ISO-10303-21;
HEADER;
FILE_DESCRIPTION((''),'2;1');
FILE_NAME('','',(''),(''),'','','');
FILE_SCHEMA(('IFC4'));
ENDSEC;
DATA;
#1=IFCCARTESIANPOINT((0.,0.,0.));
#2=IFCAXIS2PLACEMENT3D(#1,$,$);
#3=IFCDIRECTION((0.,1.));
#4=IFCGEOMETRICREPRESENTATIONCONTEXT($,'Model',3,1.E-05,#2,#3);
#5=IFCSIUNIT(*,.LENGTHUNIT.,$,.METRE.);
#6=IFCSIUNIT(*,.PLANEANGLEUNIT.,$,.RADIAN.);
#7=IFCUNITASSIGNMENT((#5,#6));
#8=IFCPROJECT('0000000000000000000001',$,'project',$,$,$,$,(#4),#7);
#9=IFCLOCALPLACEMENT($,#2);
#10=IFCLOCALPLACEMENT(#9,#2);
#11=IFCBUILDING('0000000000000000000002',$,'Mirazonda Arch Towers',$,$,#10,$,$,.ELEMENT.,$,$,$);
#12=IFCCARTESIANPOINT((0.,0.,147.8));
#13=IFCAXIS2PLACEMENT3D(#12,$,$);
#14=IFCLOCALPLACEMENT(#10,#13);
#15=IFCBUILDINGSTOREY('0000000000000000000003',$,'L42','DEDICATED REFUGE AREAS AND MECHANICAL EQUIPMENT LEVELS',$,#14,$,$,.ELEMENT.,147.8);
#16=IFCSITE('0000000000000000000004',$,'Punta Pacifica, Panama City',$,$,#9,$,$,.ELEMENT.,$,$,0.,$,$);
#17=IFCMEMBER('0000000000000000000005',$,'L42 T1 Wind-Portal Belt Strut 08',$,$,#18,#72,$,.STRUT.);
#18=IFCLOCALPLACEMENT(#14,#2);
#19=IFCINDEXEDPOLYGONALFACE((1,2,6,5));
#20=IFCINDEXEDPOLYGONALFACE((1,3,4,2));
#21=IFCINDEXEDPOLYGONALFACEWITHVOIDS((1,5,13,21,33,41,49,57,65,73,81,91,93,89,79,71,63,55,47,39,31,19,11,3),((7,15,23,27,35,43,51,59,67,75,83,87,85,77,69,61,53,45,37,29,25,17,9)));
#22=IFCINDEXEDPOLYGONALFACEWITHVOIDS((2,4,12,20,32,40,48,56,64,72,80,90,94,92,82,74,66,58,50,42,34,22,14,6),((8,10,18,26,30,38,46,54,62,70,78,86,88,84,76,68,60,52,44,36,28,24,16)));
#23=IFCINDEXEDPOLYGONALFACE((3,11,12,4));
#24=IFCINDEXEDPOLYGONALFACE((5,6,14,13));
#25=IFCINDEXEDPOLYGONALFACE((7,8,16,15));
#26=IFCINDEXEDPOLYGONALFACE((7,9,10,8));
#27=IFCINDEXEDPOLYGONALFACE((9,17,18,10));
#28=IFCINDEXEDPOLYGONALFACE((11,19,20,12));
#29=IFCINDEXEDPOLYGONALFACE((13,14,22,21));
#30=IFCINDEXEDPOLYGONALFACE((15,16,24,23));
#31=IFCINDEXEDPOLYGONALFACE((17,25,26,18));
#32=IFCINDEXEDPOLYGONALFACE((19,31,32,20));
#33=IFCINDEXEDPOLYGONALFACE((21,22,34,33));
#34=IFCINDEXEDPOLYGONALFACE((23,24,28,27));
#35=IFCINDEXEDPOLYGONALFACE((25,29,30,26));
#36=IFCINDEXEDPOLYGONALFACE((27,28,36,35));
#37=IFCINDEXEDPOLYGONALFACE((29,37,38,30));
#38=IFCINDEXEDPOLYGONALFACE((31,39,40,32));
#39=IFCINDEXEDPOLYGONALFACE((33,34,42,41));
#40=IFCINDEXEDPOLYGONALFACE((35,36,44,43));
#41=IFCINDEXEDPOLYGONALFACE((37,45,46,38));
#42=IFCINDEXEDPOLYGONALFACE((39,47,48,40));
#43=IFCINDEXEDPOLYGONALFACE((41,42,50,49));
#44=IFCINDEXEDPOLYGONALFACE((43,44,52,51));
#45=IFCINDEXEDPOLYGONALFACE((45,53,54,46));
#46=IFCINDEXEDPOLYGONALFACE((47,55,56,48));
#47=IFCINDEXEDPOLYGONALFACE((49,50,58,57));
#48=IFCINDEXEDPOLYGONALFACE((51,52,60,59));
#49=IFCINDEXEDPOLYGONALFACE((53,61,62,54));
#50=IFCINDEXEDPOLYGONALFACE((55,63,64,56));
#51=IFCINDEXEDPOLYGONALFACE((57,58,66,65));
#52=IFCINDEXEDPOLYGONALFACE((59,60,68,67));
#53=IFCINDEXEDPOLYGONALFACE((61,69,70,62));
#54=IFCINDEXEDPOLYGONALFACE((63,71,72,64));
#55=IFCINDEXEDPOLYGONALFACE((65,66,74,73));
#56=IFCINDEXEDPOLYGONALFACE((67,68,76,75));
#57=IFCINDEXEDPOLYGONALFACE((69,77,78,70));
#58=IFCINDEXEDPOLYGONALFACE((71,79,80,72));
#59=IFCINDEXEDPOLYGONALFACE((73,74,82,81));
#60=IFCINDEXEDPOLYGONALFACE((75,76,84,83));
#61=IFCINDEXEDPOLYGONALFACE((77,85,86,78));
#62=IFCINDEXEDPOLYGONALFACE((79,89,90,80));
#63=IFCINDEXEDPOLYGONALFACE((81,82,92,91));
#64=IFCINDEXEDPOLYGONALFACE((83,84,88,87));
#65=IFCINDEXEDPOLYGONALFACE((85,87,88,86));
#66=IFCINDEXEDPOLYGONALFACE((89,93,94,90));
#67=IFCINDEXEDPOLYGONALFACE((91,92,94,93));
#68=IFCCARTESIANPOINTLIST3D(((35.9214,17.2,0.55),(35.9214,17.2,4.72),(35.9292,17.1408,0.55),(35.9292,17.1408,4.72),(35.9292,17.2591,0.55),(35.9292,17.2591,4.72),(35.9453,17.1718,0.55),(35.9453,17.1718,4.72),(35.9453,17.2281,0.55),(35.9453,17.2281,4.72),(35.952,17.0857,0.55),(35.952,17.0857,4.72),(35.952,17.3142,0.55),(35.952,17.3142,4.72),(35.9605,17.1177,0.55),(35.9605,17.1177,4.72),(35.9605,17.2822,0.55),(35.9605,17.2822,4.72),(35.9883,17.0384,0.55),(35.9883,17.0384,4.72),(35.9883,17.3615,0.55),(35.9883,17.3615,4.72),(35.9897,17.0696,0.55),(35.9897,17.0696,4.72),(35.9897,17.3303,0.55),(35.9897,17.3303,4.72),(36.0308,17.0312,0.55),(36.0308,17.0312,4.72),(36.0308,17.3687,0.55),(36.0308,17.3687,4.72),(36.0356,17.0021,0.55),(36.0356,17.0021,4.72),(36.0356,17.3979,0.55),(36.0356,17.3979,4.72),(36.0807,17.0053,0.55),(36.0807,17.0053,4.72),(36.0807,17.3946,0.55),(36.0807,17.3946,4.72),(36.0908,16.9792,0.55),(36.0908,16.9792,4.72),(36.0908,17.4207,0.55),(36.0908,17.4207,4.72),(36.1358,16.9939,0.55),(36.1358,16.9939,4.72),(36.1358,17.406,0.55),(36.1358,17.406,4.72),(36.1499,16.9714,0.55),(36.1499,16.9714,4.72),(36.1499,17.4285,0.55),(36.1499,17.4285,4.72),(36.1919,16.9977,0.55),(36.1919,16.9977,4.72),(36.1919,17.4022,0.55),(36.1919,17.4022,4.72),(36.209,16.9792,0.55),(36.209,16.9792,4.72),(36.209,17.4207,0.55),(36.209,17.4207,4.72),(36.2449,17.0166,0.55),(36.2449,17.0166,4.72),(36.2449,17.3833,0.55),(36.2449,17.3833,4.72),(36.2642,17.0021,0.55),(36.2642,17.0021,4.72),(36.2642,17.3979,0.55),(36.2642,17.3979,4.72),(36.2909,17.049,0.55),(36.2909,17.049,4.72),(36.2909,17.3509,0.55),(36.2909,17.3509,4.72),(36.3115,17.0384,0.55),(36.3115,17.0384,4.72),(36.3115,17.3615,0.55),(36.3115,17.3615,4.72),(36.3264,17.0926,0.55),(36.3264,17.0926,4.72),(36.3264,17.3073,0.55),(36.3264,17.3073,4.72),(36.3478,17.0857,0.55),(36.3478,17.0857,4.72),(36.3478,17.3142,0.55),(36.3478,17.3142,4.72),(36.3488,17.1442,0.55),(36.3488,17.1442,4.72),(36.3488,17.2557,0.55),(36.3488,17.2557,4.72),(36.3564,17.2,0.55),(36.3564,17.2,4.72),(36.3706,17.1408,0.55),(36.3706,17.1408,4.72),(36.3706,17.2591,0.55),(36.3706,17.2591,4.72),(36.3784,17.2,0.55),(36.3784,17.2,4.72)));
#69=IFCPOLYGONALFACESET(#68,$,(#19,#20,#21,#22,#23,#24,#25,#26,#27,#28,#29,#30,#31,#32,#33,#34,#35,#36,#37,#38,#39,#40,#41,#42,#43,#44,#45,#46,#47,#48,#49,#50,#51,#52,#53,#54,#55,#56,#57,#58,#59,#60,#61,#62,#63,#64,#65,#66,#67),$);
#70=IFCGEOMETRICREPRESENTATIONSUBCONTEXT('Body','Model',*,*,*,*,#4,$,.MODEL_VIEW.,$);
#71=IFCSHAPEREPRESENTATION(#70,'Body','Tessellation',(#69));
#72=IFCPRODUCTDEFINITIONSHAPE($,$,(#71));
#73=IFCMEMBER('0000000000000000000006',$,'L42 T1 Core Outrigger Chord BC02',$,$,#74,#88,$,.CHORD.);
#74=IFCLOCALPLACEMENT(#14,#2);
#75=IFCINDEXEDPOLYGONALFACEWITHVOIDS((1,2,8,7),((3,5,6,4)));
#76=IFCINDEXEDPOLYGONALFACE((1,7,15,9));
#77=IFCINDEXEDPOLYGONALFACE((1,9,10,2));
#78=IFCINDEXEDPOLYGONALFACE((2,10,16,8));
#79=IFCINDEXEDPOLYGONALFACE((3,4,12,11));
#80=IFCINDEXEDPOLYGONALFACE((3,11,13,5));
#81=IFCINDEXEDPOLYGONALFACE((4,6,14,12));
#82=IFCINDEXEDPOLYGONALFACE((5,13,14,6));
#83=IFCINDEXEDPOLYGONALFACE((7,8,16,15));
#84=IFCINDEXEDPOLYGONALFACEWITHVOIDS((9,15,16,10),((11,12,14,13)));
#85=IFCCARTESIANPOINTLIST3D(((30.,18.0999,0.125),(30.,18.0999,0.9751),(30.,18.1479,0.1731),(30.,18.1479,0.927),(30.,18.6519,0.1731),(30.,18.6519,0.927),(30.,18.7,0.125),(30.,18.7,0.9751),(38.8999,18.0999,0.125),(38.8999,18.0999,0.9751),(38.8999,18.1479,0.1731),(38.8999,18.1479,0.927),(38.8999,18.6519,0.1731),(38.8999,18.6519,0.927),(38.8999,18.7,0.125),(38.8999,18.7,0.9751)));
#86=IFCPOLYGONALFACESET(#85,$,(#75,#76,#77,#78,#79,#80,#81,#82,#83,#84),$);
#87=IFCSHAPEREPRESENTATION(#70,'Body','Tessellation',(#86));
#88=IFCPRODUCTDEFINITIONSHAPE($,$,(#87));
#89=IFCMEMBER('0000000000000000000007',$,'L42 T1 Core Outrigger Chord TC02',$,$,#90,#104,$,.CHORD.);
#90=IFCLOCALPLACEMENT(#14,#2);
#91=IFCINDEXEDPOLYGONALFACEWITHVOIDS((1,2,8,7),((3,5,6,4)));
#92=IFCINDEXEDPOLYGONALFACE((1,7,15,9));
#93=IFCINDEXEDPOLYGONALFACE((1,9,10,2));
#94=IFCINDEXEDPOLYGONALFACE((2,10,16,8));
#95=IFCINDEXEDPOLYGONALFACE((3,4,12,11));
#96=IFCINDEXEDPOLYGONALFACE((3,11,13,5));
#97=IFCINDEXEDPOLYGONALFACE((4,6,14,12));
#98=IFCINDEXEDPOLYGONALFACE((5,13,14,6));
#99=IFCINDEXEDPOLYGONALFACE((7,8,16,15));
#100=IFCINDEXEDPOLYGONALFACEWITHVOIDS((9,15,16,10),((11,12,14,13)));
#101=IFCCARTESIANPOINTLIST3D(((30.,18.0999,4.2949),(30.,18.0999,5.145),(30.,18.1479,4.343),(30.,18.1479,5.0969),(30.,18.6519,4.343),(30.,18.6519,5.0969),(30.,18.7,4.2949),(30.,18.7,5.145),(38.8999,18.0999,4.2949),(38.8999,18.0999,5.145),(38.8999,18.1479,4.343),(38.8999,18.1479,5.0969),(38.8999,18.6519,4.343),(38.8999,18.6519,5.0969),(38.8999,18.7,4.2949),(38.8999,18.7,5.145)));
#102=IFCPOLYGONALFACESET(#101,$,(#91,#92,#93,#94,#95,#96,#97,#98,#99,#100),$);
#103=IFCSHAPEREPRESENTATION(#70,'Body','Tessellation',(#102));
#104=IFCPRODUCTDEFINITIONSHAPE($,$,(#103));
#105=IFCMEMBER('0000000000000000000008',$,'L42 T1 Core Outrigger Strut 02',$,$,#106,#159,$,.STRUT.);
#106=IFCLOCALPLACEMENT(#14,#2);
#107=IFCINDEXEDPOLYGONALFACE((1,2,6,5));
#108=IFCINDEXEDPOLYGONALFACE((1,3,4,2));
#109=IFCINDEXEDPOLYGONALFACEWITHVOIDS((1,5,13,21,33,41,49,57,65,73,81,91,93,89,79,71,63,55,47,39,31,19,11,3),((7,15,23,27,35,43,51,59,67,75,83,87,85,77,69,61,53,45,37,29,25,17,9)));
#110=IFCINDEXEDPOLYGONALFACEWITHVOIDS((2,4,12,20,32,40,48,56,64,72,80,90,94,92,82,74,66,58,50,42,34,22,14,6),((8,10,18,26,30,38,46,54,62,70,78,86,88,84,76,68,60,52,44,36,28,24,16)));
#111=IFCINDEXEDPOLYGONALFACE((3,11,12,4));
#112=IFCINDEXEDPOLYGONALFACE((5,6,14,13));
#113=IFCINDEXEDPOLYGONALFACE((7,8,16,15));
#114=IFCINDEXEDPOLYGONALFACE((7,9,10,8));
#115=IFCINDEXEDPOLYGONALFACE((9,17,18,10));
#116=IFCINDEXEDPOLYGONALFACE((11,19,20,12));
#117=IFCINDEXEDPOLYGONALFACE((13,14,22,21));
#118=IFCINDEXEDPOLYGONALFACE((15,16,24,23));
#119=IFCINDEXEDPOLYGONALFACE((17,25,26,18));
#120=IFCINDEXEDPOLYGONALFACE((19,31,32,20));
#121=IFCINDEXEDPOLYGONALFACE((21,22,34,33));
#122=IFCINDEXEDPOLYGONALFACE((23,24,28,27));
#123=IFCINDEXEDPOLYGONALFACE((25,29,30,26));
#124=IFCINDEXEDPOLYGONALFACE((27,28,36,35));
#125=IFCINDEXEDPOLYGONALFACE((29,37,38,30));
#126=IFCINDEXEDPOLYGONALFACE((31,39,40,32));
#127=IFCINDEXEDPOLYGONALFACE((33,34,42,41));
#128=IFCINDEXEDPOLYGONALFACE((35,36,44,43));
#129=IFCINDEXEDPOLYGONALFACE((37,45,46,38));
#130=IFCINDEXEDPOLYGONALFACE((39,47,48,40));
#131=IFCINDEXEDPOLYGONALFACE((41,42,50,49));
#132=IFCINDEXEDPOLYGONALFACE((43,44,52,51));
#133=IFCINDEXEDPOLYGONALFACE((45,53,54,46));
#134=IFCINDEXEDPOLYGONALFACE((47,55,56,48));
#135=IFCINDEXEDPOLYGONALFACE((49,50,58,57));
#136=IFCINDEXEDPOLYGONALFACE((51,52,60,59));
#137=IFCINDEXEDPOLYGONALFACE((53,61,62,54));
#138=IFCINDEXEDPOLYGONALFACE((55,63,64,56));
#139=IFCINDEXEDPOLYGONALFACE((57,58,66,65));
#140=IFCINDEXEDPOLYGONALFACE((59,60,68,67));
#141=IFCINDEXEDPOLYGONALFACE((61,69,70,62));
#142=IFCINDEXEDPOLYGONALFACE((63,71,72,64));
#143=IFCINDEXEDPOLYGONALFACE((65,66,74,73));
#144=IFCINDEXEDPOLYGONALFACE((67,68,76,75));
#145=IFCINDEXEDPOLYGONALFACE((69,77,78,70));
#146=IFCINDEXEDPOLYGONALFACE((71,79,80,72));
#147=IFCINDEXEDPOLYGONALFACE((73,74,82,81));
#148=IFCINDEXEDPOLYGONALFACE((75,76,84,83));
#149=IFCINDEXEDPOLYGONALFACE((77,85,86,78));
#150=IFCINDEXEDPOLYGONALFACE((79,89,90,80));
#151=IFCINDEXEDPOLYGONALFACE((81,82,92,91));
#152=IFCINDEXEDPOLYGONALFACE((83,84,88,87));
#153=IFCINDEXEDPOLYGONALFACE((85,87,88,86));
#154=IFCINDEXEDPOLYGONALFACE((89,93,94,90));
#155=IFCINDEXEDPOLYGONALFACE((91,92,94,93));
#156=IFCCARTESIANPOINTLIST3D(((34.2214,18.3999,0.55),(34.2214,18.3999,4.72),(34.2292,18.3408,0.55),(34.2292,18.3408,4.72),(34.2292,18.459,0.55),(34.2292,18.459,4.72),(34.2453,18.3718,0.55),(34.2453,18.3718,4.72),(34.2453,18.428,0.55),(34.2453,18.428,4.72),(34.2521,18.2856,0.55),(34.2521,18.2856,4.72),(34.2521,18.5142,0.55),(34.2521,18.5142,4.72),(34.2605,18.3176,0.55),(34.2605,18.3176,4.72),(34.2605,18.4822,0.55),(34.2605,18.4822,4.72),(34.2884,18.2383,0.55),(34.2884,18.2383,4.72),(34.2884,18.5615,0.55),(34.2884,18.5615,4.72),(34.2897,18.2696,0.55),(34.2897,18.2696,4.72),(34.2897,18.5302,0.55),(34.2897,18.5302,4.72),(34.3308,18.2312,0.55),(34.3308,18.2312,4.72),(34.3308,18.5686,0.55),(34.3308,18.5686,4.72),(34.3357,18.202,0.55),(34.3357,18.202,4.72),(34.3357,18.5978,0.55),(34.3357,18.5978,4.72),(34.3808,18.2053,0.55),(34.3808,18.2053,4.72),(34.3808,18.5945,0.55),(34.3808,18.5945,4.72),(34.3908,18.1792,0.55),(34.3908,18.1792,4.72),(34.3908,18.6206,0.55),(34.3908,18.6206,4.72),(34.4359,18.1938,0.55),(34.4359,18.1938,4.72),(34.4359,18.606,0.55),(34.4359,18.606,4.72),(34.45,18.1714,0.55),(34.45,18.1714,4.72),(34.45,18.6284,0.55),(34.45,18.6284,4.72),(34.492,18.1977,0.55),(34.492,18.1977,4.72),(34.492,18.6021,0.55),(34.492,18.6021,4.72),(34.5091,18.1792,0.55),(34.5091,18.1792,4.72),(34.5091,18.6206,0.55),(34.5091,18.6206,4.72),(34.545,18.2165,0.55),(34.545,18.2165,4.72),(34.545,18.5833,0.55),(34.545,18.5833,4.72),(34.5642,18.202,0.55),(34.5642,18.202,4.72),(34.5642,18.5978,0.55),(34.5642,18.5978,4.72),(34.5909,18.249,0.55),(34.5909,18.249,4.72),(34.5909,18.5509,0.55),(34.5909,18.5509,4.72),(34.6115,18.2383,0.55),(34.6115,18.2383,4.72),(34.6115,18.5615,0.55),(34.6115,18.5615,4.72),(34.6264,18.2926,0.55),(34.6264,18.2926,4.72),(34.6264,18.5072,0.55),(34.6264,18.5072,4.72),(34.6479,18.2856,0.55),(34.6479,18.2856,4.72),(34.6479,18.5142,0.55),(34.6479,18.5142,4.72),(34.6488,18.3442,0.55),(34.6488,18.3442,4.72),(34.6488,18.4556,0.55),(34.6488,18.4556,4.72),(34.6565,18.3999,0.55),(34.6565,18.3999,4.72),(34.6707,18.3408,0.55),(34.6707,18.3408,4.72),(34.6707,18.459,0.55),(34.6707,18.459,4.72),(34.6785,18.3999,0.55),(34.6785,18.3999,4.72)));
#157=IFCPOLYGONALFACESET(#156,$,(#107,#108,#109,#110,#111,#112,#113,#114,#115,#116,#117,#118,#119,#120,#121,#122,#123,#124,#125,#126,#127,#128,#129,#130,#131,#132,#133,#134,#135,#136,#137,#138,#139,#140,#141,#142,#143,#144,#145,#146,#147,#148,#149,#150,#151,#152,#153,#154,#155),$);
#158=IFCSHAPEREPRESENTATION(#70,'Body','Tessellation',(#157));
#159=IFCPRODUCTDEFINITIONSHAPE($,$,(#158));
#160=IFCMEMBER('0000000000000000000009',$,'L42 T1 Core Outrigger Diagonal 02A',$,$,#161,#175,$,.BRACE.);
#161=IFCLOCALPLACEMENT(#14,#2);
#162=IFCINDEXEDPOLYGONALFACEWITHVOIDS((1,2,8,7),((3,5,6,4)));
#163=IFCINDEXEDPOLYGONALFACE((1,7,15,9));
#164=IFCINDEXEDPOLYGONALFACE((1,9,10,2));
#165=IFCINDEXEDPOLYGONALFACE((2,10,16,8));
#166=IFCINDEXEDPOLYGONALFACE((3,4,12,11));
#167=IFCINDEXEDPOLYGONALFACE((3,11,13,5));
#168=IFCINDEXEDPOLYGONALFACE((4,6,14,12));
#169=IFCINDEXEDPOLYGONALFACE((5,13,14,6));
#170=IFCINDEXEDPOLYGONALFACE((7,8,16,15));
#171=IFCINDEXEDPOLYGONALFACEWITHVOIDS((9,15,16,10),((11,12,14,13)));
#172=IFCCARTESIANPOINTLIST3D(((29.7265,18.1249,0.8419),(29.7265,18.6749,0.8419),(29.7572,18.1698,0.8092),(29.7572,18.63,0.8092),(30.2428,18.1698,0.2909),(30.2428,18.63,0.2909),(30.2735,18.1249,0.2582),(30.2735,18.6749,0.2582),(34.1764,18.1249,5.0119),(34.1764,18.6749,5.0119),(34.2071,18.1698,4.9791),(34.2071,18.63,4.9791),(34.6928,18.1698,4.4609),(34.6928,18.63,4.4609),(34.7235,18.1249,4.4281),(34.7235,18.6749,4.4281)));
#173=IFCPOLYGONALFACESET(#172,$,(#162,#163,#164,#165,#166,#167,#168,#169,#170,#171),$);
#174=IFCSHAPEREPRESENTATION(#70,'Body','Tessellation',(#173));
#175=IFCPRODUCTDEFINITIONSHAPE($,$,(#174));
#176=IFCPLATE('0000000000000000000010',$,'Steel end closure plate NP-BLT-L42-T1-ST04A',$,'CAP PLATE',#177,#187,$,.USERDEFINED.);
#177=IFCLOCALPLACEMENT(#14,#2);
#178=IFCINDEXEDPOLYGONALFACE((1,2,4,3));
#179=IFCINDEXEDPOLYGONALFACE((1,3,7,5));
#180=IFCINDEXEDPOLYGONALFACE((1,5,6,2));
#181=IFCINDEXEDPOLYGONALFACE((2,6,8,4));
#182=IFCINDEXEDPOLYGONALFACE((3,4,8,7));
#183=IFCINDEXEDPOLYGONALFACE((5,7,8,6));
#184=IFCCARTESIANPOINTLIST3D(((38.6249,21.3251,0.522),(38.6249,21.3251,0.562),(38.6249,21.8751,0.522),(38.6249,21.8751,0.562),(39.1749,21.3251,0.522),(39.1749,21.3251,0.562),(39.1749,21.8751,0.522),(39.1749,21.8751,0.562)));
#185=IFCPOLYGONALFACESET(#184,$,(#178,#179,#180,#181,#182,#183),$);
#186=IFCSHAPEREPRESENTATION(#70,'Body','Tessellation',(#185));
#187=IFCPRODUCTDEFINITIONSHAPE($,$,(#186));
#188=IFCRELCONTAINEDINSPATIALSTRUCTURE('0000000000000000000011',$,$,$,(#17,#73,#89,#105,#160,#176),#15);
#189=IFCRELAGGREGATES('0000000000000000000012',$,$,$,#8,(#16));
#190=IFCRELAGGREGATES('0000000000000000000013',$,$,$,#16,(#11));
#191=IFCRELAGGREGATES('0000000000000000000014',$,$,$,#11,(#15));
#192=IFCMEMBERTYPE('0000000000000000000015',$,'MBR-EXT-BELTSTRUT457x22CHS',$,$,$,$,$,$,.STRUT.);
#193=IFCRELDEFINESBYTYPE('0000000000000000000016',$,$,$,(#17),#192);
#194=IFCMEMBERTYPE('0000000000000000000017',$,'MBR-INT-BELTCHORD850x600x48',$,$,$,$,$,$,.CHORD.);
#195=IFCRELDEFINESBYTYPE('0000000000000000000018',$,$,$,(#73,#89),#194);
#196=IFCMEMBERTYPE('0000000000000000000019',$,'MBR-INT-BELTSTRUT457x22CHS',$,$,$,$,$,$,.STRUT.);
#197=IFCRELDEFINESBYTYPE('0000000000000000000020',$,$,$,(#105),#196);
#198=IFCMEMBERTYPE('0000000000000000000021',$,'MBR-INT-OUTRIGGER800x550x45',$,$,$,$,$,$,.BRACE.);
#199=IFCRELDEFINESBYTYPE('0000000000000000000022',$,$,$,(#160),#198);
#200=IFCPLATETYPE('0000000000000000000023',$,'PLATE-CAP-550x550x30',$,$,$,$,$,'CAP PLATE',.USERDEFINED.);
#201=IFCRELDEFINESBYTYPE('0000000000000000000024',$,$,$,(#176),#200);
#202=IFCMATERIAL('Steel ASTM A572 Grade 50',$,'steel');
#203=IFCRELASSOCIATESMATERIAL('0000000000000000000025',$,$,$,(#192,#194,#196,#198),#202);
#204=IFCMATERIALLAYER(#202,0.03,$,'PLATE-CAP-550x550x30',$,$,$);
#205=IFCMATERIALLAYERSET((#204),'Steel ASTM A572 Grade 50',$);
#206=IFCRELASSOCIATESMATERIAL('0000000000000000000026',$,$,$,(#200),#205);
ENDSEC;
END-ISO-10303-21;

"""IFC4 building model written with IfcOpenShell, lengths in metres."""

from ifc_helpers import new_model, si_unit, direction, frame, origin, origin_2d, place, context, subcontext, project, spatial, rectangle, hollow_rectangle, hollow_circle, extrude, material, layer, layer_set, material_profile, profile_set, type_object, element, save


model = new_model("IFC4")

# Units and contexts
model_context = context("Model", 3, precision=1e-05, world=origin(), true_north=direction((0.0, 1.0)))
body_context = subcontext(model_context, "Body", "Model", "MODEL_VIEW")
ifc_project = project(units=[si_unit("LENGTHUNIT", "METRE"), si_unit("PLANEANGLEUNIT", "RADIAN")], contexts=[model_context])

# Site, building, storey
site_placement = place(None, origin())
site = spatial("IfcSite", under=ifc_project, at=site_placement, Name="Punta Pacifica, Panama City", CompositionType="ELEMENT", RefElevation=0.0)
building_placement = place(site_placement, origin())
building = spatial("IfcBuilding", under=site, at=building_placement, Name="Mirazonda Arch Towers", CompositionType="ELEMENT")
storey_placement = place(building_placement, frame((0.0, 0.0, 147.8)))
storey = spatial("IfcBuildingStorey", under=building, at=storey_placement, Name="L42", Description="DEDICATED REFUGE AREAS AND MECHANICAL EQUIPMENT LEVELS", CompositionType="ELEMENT", Elevation=147.8)

# Shared definitions
ifc_material_1 = material(Name="Steel ASTM A572 Grade 50", Category="steel")

# Members
ifc_material_profile_1 = material_profile(ifc_material_1, hollow_circle(Radius=0.2285, WallThickness=0.022, at=origin_2d()), Name="BELTSTRUT457x22CHS")
ifc_profile_set_1 = profile_set([ifc_material_profile_1], Name="Steel ASTM A572 Grade 50")
member_type_1 = type_object("IfcMemberType", Name="MBR-EXT-BELTSTRUT457x22CHS", PredefinedType="STRUT", material=ifc_profile_set_1)
for number, where, z_axis, x_axis, name in (
    (1, (36.1499, 17.2, 0.55), (0.0, 0.0, 1.0), (1.0, 0.0, 0.0), "L42 T1 Wind-Portal Belt Strut 08"),
):
    element("IfcMember", number, at=place(storey_placement, frame(where, z_axis=z_axis, x_axis=x_axis)), inside=storey, type_object=member_type_1, Name=name, PredefinedType="STRUT", context=body_context, shape_type="SweptSolid", body=[
        extrude(hollow_circle(Radius=0.2285, WallThickness=0.022, at=origin_2d()), origin(), (0.0, 0.0, 1.0), 4.1699),
    ])
ifc_material_profile_2 = material_profile(ifc_material_1, hollow_rectangle(XDim=0.6001, YDim=0.8501, WallThickness=0.0481, at=origin_2d()), Name="BELTCHORD850x600x48")
ifc_profile_set_2 = profile_set([ifc_material_profile_2], Name="Steel ASTM A572 Grade 50")
member_type_2 = type_object("IfcMemberType", Name="MBR-INT-BELTCHORD850x600x48", PredefinedType="CHORD", material=ifc_profile_set_2)
for number, where, z_axis, x_axis, name in (
    (2, (30.0, 18.3999, 0.55), (1.0, 0.0, 0.0), (0.0, 1.0, 0.0), "L42 T1 Core Outrigger Chord BC02"),
    (3, (30.0, 18.3999, 4.72), (1.0, 0.0, 0.0), (0.0, 1.0, 0.0), "L42 T1 Core Outrigger Chord TC02"),
):
    element("IfcMember", number, at=place(storey_placement, frame(where, z_axis=z_axis, x_axis=x_axis)), inside=storey, type_object=member_type_2, Name=name, PredefinedType="CHORD", context=body_context, shape_type="SweptSolid", body=[
        extrude(hollow_rectangle(XDim=0.6001, YDim=0.8501, WallThickness=0.0481, at=origin_2d()), origin(), (0.0, 0.0, 1.0), 8.8999),
    ])
ifc_material_profile_3 = material_profile(ifc_material_1, hollow_circle(Radius=0.2285, WallThickness=0.022, at=origin_2d()), Name="BELTSTRUT457x22CHS")
ifc_profile_set_3 = profile_set([ifc_material_profile_3], Name="Steel ASTM A572 Grade 50")
member_type_3 = type_object("IfcMemberType", Name="MBR-INT-BELTSTRUT457x22CHS", PredefinedType="STRUT", material=ifc_profile_set_3)
member_1_placement = place(storey_placement, frame((34.45, 18.3999, 0.55), z_axis=(0.0, 0.0, 1.0), x_axis=(1.0, 0.0, 0.0)))
element("IfcMember", 4, at=member_1_placement, inside=storey, type_object=member_type_3, Name="L42 T1 Core Outrigger Strut 02", PredefinedType="STRUT", context=body_context, shape_type="SweptSolid", body=[
    extrude(hollow_circle(Radius=0.2285, WallThickness=0.022, at=origin_2d()), origin(), (0.0, 0.0, 1.0), 4.1699),
])
ifc_material_profile_4 = material_profile(ifc_material_1, hollow_rectangle(XDim=0.55, YDim=0.8, WallThickness=0.0449, at=origin_2d()), Name="OUTRIGGER800x550x45")
ifc_profile_set_4 = profile_set([ifc_material_profile_4], Name="Steel ASTM A572 Grade 50")
member_type_4 = type_object("IfcMemberType", Name="MBR-INT-OUTRIGGER800x550x45", PredefinedType="BRACE", material=ifc_profile_set_4)
member_2_placement = place(storey_placement, frame((30.0, 18.3999, 0.55), z_axis=(0.729693, 0.0, 0.683775), x_axis=(0.0, 1.0, 0.0)))
element("IfcMember", 5, at=member_2_placement, inside=storey, type_object=member_type_4, Name="L42 T1 Core Outrigger Diagonal 02A", PredefinedType="BRACE", context=body_context, shape_type="SweptSolid", body=[
    extrude(hollow_rectangle(XDim=0.55, YDim=0.8, WallThickness=0.0449, at=origin_2d()), origin(), (0.0, 0.0, 1.0), 6.0984),
])

# Plate
ifc_layer_1 = layer(ifc_material_1, 0.03, Name="PLATE-CAP-550x550x30")
ifc_layer_set_1 = layer_set([ifc_layer_1], Name="Steel ASTM A572 Grade 50")
plate_type_1 = type_object("IfcPlateType", Name="PLATE-CAP-550x550x30", ElementType="CAP PLATE", PredefinedType="USERDEFINED", material=ifc_layer_set_1)
for number, where, z_axis, x_axis, name in (
    (6, (38.8999, 21.6001, 0.522), (0.0, 0.0, 1.0), (1.0, 0.0, 0.0), "Steel end closure plate NP-BLT-L42-T1-ST04A"),
):
    element("IfcPlate", number, at=place(storey_placement, frame(where, z_axis=z_axis, x_axis=x_axis)), inside=storey, type_object=plate_type_1, Name=name, ObjectType="CAP PLATE", PredefinedType="USERDEFINED", context=body_context, shape_type="SweptSolid", body=[
        extrude(rectangle(XDim=0.55, YDim=0.55, at=origin_2d()), origin(), (0.0, 0.0, 1.0), 0.04),
    ])

save(model, "model.ifc")
